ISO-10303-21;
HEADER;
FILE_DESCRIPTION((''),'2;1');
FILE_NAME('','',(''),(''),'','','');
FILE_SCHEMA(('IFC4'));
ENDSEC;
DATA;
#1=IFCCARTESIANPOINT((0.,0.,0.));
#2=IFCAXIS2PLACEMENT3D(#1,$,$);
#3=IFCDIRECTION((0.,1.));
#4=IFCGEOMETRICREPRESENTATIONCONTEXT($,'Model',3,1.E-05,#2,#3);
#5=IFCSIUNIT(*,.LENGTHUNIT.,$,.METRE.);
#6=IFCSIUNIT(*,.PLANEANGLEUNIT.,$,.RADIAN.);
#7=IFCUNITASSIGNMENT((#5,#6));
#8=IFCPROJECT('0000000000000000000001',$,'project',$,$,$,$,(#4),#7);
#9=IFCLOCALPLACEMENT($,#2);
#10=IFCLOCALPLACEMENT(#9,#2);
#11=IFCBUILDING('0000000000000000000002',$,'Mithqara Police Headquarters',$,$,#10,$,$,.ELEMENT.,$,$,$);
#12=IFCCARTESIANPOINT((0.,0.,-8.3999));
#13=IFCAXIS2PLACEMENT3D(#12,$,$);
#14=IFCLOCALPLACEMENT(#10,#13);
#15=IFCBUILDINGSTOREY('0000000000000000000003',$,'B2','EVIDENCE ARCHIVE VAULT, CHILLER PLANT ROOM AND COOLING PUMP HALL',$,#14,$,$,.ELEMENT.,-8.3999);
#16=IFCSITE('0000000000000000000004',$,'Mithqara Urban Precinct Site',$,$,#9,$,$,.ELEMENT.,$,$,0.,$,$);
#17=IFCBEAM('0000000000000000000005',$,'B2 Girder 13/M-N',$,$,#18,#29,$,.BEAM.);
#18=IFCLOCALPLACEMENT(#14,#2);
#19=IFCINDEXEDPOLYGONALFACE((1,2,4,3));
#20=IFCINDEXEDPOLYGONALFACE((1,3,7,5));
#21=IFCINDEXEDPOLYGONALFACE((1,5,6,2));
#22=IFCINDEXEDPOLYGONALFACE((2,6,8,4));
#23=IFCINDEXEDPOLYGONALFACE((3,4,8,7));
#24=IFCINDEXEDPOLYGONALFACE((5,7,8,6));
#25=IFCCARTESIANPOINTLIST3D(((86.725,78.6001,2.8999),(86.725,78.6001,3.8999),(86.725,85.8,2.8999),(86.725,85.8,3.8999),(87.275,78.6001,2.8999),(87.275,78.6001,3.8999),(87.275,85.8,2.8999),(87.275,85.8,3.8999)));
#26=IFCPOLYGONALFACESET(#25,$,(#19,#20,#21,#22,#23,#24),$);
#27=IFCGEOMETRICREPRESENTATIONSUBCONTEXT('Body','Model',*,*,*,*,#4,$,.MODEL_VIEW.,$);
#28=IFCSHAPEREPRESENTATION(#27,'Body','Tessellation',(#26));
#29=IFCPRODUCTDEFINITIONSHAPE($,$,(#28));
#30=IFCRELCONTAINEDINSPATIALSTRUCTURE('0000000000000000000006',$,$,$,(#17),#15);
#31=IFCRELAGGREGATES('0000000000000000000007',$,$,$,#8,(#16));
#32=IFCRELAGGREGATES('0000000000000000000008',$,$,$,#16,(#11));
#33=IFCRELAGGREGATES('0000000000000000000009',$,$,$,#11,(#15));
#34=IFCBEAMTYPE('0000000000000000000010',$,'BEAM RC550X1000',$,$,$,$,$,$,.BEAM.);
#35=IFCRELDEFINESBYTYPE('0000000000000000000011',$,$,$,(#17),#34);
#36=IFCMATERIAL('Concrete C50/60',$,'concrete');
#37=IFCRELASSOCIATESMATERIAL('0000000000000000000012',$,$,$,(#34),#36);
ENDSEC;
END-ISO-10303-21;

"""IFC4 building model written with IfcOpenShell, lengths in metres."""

from ifc_helpers import new_model, si_unit, direction, frame, origin, origin_2d, place, context, subcontext, project, spatial, rectangle, extrude, material, material_profile, profile_set, type_object, element, save


model = new_model("IFC4")

# Units and contexts
model_context = context("Model", 3, precision=1e-05, world=origin(), true_north=direction((0.0, 1.0)))
body_context = subcontext(model_context, "Body", "Model", "MODEL_VIEW")
ifc_project = project(units=[si_unit("LENGTHUNIT", "METRE"), si_unit("PLANEANGLEUNIT", "RADIAN")], contexts=[model_context])

# Site, building, storey
site_placement = place(None, origin())
site = spatial("IfcSite", under=ifc_project, at=site_placement, Name="Mithqara Urban Precinct Site", CompositionType="ELEMENT", RefElevation=0.0)
building_placement = place(site_placement, origin())
building = spatial("IfcBuilding", under=site, at=building_placement, Name="Mithqara Police Headquarters", CompositionType="ELEMENT")
storey_placement = place(building_placement, frame((0.0, 0.0, -8.3999)))
storey = spatial("IfcBuildingStorey", under=building, at=storey_placement, Name="B2", Description="EVIDENCE ARCHIVE VAULT, CHILLER PLANT ROOM AND COOLING PUMP HALL", CompositionType="ELEMENT", Elevation=-8.3999)

# Shared definitions
ifc_material_1 = material(Name="Concrete C50/60", Category="concrete")

# Beam
ifc_material_profile_1 = material_profile(ifc_material_1, rectangle(XDim=0.55, YDim=1.0, at=origin_2d()), Name="RC 550x1000")
ifc_profile_set_1 = profile_set([ifc_material_profile_1], Name="Concrete C50/60")
beam_type_1 = type_object("IfcBeamType", Name="BEAM RC550X1000", PredefinedType="BEAM", material=ifc_profile_set_1)
beam_1_placement = place(storey_placement, frame((87.0, 78.6001, 3.3999), z_axis=(0.0, 1.0, 0.0), x_axis=(-1.0, 0.0, 0.0)))
element("IfcBeam", 1, at=beam_1_placement, inside=storey, type_object=beam_type_1, Name="B2 Girder 13/M-N", PredefinedType="BEAM", context=body_context, shape_type="SweptSolid", body=[
    extrude(rectangle(XDim=0.55, YDim=1.0, at=origin_2d()), origin(), (0.0, 0.0, 1.0), 7.2),
])

save(model, "model.ifc")
